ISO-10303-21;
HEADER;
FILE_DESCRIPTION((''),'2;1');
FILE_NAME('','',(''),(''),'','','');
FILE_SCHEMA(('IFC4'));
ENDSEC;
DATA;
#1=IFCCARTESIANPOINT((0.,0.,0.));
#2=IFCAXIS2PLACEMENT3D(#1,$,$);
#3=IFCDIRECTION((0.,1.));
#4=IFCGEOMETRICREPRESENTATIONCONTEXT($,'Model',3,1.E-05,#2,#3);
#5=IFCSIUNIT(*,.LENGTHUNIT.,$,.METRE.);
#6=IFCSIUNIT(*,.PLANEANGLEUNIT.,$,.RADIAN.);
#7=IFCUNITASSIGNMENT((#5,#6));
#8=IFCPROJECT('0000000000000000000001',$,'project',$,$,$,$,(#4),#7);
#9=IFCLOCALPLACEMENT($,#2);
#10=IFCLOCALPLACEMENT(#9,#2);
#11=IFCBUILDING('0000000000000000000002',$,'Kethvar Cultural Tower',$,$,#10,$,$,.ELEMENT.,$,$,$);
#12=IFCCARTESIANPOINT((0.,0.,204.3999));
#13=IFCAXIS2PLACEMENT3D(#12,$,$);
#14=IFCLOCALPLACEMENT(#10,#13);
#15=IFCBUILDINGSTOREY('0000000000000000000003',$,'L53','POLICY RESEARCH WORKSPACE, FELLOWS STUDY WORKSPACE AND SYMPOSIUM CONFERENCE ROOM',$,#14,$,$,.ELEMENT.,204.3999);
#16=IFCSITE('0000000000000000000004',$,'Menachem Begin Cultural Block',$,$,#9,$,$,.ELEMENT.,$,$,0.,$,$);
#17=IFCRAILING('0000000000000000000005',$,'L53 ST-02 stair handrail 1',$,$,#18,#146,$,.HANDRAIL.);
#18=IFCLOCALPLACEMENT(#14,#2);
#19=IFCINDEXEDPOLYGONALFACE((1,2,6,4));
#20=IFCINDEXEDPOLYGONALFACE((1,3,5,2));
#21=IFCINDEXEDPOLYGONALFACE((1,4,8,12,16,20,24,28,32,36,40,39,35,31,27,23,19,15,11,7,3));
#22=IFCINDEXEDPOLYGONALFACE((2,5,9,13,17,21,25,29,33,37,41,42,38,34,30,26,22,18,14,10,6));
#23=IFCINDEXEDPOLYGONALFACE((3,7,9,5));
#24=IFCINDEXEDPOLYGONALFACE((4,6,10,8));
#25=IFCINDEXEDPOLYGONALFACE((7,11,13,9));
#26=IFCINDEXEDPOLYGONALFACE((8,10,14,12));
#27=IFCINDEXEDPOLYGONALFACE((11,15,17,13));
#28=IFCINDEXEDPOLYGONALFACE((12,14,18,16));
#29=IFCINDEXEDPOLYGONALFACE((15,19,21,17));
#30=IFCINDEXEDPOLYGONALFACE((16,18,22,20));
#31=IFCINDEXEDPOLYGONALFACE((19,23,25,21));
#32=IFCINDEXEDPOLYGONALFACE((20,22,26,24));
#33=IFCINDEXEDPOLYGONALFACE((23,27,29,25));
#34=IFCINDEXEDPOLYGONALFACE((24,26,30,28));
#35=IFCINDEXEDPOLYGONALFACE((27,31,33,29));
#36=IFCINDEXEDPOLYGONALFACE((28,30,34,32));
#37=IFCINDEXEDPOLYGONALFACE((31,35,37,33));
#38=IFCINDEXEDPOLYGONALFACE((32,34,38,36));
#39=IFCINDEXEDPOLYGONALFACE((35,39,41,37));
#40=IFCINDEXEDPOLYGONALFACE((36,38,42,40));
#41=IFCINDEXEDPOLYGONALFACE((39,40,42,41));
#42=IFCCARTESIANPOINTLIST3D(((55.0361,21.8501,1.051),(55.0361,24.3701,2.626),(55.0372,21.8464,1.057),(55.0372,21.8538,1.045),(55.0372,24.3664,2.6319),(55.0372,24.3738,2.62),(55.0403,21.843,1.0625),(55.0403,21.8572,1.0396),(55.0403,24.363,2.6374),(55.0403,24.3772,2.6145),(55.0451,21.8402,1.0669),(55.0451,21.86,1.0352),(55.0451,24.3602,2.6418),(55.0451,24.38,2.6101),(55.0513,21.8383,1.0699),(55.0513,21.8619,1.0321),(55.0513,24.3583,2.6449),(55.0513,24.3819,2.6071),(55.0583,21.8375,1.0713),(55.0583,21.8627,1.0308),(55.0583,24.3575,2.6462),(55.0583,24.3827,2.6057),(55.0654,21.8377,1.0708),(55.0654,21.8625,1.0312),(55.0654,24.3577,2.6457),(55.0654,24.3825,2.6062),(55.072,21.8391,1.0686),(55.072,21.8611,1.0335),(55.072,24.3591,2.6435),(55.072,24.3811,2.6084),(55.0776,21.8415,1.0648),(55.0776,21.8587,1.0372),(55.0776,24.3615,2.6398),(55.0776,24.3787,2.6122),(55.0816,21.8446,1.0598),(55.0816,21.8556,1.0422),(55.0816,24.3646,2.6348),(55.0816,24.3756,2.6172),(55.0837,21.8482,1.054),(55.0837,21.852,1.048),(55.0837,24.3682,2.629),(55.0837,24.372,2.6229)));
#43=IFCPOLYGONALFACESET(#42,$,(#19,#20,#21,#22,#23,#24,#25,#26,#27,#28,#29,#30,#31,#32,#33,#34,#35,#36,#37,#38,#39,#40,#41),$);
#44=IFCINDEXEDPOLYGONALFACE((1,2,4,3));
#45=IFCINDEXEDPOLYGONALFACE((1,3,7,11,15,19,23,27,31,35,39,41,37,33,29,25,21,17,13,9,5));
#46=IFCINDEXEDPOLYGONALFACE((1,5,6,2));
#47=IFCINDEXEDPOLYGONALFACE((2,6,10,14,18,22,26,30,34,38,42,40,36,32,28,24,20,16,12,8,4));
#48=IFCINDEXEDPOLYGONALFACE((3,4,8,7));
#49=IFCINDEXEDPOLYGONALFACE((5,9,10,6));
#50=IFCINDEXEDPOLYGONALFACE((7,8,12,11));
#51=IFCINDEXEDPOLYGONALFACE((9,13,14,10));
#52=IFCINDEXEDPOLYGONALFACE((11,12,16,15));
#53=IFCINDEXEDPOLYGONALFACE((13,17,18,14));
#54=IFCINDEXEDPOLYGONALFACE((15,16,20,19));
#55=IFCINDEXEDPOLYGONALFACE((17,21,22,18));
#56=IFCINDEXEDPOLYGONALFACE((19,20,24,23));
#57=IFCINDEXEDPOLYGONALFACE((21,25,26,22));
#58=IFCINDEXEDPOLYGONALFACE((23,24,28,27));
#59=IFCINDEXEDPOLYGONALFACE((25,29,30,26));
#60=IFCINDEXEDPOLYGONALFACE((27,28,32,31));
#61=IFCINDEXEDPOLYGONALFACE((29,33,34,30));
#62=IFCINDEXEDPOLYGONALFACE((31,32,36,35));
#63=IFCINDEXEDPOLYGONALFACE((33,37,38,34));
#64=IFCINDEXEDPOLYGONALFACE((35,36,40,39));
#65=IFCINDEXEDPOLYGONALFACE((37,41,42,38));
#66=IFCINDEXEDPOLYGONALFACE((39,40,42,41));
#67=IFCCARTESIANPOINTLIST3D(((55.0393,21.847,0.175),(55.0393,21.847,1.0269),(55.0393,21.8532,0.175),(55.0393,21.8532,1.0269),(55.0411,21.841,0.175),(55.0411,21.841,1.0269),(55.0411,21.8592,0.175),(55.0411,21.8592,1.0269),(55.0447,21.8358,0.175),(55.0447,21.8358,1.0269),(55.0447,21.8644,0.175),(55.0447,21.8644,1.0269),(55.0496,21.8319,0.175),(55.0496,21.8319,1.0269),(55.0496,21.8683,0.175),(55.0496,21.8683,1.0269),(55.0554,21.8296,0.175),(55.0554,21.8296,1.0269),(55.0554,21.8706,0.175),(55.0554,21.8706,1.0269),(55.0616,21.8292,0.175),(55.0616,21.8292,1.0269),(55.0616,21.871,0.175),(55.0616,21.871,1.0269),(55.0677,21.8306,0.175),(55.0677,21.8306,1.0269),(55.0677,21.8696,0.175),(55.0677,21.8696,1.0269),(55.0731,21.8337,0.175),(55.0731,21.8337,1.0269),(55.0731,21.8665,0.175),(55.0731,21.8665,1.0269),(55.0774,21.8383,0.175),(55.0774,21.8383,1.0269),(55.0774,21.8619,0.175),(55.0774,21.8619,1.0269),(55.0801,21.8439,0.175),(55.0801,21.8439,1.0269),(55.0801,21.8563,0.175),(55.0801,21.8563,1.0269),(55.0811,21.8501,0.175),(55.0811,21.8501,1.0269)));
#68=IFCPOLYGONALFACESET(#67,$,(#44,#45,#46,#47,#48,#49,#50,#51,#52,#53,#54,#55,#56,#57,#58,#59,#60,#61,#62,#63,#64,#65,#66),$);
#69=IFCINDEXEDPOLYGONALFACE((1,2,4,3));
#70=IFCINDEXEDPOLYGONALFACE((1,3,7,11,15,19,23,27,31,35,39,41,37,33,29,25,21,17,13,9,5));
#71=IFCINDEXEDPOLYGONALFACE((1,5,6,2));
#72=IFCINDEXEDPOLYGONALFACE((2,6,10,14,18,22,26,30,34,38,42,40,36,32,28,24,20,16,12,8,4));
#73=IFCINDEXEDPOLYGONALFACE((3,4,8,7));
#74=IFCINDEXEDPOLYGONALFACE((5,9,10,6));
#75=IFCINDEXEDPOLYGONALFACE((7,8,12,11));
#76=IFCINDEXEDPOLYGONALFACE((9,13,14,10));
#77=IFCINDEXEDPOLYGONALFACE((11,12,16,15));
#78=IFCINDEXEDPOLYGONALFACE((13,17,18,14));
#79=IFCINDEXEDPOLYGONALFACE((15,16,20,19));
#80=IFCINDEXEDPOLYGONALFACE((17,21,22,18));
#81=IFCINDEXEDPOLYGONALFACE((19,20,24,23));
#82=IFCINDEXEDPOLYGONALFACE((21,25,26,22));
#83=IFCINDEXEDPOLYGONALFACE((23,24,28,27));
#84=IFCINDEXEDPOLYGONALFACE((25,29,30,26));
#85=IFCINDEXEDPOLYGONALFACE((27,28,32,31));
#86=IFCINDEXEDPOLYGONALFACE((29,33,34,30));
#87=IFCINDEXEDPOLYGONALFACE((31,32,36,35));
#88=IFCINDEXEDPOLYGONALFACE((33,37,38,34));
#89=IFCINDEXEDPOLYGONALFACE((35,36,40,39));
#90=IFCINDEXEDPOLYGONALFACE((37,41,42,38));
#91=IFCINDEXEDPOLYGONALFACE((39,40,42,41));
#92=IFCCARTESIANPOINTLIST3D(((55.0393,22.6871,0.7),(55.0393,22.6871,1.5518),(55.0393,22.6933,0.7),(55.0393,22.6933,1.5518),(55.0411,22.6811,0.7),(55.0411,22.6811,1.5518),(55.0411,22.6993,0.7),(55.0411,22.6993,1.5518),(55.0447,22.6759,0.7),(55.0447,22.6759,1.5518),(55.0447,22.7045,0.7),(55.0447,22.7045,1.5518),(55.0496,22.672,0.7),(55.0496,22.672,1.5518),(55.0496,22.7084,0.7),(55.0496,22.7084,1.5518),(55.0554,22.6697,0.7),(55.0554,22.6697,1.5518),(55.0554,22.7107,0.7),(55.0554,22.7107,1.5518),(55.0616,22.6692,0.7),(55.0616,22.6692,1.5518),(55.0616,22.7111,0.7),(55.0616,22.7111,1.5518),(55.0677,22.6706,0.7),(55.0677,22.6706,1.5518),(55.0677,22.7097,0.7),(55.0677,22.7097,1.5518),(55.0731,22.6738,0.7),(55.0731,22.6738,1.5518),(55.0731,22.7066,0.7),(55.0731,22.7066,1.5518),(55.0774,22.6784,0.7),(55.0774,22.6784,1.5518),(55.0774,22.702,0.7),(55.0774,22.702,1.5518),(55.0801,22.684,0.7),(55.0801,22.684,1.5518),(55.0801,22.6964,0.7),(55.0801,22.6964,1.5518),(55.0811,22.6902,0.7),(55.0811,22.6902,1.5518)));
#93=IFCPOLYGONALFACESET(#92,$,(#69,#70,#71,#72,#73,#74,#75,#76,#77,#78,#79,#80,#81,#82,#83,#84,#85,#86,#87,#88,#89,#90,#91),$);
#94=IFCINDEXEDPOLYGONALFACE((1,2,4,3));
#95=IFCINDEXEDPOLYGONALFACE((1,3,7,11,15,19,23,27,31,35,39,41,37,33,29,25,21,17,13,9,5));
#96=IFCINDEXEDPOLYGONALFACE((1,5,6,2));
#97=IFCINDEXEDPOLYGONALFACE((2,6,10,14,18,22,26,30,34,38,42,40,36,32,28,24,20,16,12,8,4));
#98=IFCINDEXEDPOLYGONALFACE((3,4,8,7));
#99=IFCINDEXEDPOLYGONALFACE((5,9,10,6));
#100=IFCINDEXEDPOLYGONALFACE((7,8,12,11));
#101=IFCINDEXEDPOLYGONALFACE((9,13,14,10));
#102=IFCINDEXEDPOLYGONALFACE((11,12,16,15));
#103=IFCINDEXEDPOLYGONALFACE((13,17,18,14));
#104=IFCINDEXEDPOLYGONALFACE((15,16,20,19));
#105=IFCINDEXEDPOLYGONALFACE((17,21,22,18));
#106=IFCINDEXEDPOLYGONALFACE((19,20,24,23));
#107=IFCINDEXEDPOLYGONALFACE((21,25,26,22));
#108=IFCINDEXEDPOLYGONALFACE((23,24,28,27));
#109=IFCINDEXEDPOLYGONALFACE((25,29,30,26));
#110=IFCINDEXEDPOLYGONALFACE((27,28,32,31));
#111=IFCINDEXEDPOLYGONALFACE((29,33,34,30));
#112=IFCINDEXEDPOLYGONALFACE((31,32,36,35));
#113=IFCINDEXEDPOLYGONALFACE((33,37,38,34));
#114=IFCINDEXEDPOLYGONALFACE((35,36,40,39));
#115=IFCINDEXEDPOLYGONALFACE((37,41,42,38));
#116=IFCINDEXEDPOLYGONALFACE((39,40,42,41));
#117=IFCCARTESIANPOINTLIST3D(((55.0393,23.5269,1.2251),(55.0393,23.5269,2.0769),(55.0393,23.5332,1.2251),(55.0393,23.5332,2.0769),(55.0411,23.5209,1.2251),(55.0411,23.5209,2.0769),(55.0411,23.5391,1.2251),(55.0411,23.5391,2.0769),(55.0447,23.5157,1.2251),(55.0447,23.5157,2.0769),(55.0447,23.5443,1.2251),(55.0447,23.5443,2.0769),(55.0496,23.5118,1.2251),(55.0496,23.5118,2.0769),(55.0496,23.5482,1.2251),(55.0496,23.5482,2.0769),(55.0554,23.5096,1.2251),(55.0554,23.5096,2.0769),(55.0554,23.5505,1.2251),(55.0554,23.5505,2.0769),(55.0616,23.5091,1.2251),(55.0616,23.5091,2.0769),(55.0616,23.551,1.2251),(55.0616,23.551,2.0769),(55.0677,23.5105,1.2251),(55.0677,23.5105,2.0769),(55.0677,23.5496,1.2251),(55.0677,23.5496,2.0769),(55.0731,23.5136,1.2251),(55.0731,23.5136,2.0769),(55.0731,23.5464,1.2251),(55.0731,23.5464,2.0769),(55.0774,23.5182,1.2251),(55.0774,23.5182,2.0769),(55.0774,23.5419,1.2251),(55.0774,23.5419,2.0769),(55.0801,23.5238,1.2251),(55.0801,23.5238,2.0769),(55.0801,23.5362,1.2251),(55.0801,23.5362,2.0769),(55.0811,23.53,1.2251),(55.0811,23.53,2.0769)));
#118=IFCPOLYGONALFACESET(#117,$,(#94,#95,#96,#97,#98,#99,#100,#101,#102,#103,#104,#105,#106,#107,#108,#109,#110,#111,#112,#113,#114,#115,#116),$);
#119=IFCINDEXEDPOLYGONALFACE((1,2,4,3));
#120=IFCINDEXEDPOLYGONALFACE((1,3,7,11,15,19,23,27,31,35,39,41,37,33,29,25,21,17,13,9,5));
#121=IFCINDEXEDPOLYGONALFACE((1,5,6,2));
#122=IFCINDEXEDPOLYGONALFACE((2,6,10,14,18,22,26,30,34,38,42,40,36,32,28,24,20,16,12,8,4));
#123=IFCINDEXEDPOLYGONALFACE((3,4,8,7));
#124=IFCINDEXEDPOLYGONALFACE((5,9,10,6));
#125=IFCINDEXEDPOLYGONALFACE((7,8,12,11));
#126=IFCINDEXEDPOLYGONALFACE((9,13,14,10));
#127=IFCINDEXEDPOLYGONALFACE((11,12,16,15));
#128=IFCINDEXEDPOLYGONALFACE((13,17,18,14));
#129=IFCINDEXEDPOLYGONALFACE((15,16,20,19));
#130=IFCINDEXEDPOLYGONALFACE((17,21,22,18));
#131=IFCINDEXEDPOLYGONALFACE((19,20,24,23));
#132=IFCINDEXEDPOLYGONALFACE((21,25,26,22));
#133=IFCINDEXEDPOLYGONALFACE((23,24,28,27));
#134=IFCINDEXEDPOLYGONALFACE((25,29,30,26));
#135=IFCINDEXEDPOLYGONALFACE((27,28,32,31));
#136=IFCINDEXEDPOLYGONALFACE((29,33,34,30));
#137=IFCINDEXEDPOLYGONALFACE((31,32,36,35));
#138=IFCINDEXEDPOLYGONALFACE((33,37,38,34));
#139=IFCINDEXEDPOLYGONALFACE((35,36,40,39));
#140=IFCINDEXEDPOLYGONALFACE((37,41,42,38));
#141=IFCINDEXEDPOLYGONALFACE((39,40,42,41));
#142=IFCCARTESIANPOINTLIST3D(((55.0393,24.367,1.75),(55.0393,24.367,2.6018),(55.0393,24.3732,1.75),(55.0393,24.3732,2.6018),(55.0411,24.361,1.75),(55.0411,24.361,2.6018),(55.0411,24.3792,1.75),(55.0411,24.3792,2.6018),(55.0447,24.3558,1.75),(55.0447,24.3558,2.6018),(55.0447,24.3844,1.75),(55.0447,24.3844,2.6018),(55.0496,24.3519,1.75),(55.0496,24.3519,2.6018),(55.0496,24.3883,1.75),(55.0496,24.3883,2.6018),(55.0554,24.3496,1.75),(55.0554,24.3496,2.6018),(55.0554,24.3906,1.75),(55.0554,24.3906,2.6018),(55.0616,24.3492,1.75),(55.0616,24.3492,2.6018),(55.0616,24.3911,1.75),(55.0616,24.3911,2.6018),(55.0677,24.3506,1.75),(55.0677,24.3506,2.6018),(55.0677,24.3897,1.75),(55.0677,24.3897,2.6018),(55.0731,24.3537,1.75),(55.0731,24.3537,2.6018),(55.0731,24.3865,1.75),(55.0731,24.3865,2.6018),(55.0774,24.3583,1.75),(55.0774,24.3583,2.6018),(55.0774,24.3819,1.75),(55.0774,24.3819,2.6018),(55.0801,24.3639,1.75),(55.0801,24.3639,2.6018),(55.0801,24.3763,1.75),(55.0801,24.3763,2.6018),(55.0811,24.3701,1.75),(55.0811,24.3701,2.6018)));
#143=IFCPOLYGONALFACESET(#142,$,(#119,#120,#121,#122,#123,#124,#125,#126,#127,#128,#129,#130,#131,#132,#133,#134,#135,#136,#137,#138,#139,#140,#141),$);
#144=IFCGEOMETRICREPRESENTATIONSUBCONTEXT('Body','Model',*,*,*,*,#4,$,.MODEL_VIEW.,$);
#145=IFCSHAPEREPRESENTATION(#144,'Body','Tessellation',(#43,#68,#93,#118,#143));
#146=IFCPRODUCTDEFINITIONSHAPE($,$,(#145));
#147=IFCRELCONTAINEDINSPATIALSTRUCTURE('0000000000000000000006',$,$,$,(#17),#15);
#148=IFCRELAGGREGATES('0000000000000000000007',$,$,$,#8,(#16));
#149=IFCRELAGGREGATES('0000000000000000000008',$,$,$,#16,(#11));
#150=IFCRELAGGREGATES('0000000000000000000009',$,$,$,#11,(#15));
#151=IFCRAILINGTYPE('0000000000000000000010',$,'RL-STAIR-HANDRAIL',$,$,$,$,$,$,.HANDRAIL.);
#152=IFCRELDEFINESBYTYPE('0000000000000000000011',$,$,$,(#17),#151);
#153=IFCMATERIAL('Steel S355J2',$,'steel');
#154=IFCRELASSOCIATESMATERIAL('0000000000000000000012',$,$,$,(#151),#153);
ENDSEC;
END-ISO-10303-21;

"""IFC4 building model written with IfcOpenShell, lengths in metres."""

from ifc_helpers import new_model, si_unit, direction, frame, origin, origin_2d, place, context, subcontext, project, spatial, circle, extrude, material, type_object, element, save


model = new_model("IFC4")

# Units and contexts
model_context = context("Model", 3, precision=1e-05, world=origin(), true_north=direction((0.0, 1.0)))
body_context = subcontext(model_context, "Body", "Model", "MODEL_VIEW")
ifc_project = project(units=[si_unit("LENGTHUNIT", "METRE"), si_unit("PLANEANGLEUNIT", "RADIAN")], contexts=[model_context])

# Site, building, storey
site_placement = place(None, origin())
site = spatial("IfcSite", under=ifc_project, at=site_placement, Name="Menachem Begin Cultural Block", CompositionType="ELEMENT", RefElevation=0.0)
building_placement = place(site_placement, origin())
building = spatial("IfcBuilding", under=site, at=building_placement, Name="Kethvar Cultural Tower", CompositionType="ELEMENT")
storey_placement = place(building_placement, frame((0.0, 0.0, 204.3999)))
storey = spatial("IfcBuildingStorey", under=building, at=storey_placement, Name="L53", Description="POLICY RESEARCH WORKSPACE, FELLOWS STUDY WORKSPACE AND SYMPOSIUM CONFERENCE ROOM", CompositionType="ELEMENT", Elevation=204.3999)

# Shared definitions
ifc_material_1 = material(Name="Steel S355J2", Category="steel")

# Railing
railing_type_1 = type_object("IfcRailingType", Name="RL-STAIR-HANDRAIL", PredefinedType="HANDRAIL", material=ifc_material_1)
railing_1_placement = place(storey_placement, frame((55.0601, 21.8501, 0.175)))
element("IfcRailing", 1, at=railing_1_placement, inside=storey, type_object=railing_type_1, Name="L53 ST-02 stair handrail 1", PredefinedType="HANDRAIL", context=body_context, shape_type="SweptSolid", body=[
    extrude(circle(Radius=0.0239, at=origin_2d()), frame((0.0, 0.0, 0.876), z_axis=(0.0, 0.848008, 0.529984), x_axis=(-1.0, 0.0, 0.0)), (0.0, 0.0, 1.0), 2.9717),
    extrude(circle(Radius=0.021, at=origin_2d()), origin(), (0.0, 0.0, 1.0), 0.8518),
    extrude(circle(Radius=0.021, at=origin_2d()), frame((0.0, 0.8401, 0.5249)), (0.0, 0.0, 1.0), 0.8518),
    extrude(circle(Radius=0.021, at=origin_2d()), frame((0.0, 1.6799, 1.05)), (0.0, 0.0, 1.0), 0.8518),
    extrude(circle(Radius=0.021, at=origin_2d()), frame((0.0, 2.52, 1.575)), (0.0, 0.0, 1.0), 0.8518),
])

save(model, "model.ifc")
